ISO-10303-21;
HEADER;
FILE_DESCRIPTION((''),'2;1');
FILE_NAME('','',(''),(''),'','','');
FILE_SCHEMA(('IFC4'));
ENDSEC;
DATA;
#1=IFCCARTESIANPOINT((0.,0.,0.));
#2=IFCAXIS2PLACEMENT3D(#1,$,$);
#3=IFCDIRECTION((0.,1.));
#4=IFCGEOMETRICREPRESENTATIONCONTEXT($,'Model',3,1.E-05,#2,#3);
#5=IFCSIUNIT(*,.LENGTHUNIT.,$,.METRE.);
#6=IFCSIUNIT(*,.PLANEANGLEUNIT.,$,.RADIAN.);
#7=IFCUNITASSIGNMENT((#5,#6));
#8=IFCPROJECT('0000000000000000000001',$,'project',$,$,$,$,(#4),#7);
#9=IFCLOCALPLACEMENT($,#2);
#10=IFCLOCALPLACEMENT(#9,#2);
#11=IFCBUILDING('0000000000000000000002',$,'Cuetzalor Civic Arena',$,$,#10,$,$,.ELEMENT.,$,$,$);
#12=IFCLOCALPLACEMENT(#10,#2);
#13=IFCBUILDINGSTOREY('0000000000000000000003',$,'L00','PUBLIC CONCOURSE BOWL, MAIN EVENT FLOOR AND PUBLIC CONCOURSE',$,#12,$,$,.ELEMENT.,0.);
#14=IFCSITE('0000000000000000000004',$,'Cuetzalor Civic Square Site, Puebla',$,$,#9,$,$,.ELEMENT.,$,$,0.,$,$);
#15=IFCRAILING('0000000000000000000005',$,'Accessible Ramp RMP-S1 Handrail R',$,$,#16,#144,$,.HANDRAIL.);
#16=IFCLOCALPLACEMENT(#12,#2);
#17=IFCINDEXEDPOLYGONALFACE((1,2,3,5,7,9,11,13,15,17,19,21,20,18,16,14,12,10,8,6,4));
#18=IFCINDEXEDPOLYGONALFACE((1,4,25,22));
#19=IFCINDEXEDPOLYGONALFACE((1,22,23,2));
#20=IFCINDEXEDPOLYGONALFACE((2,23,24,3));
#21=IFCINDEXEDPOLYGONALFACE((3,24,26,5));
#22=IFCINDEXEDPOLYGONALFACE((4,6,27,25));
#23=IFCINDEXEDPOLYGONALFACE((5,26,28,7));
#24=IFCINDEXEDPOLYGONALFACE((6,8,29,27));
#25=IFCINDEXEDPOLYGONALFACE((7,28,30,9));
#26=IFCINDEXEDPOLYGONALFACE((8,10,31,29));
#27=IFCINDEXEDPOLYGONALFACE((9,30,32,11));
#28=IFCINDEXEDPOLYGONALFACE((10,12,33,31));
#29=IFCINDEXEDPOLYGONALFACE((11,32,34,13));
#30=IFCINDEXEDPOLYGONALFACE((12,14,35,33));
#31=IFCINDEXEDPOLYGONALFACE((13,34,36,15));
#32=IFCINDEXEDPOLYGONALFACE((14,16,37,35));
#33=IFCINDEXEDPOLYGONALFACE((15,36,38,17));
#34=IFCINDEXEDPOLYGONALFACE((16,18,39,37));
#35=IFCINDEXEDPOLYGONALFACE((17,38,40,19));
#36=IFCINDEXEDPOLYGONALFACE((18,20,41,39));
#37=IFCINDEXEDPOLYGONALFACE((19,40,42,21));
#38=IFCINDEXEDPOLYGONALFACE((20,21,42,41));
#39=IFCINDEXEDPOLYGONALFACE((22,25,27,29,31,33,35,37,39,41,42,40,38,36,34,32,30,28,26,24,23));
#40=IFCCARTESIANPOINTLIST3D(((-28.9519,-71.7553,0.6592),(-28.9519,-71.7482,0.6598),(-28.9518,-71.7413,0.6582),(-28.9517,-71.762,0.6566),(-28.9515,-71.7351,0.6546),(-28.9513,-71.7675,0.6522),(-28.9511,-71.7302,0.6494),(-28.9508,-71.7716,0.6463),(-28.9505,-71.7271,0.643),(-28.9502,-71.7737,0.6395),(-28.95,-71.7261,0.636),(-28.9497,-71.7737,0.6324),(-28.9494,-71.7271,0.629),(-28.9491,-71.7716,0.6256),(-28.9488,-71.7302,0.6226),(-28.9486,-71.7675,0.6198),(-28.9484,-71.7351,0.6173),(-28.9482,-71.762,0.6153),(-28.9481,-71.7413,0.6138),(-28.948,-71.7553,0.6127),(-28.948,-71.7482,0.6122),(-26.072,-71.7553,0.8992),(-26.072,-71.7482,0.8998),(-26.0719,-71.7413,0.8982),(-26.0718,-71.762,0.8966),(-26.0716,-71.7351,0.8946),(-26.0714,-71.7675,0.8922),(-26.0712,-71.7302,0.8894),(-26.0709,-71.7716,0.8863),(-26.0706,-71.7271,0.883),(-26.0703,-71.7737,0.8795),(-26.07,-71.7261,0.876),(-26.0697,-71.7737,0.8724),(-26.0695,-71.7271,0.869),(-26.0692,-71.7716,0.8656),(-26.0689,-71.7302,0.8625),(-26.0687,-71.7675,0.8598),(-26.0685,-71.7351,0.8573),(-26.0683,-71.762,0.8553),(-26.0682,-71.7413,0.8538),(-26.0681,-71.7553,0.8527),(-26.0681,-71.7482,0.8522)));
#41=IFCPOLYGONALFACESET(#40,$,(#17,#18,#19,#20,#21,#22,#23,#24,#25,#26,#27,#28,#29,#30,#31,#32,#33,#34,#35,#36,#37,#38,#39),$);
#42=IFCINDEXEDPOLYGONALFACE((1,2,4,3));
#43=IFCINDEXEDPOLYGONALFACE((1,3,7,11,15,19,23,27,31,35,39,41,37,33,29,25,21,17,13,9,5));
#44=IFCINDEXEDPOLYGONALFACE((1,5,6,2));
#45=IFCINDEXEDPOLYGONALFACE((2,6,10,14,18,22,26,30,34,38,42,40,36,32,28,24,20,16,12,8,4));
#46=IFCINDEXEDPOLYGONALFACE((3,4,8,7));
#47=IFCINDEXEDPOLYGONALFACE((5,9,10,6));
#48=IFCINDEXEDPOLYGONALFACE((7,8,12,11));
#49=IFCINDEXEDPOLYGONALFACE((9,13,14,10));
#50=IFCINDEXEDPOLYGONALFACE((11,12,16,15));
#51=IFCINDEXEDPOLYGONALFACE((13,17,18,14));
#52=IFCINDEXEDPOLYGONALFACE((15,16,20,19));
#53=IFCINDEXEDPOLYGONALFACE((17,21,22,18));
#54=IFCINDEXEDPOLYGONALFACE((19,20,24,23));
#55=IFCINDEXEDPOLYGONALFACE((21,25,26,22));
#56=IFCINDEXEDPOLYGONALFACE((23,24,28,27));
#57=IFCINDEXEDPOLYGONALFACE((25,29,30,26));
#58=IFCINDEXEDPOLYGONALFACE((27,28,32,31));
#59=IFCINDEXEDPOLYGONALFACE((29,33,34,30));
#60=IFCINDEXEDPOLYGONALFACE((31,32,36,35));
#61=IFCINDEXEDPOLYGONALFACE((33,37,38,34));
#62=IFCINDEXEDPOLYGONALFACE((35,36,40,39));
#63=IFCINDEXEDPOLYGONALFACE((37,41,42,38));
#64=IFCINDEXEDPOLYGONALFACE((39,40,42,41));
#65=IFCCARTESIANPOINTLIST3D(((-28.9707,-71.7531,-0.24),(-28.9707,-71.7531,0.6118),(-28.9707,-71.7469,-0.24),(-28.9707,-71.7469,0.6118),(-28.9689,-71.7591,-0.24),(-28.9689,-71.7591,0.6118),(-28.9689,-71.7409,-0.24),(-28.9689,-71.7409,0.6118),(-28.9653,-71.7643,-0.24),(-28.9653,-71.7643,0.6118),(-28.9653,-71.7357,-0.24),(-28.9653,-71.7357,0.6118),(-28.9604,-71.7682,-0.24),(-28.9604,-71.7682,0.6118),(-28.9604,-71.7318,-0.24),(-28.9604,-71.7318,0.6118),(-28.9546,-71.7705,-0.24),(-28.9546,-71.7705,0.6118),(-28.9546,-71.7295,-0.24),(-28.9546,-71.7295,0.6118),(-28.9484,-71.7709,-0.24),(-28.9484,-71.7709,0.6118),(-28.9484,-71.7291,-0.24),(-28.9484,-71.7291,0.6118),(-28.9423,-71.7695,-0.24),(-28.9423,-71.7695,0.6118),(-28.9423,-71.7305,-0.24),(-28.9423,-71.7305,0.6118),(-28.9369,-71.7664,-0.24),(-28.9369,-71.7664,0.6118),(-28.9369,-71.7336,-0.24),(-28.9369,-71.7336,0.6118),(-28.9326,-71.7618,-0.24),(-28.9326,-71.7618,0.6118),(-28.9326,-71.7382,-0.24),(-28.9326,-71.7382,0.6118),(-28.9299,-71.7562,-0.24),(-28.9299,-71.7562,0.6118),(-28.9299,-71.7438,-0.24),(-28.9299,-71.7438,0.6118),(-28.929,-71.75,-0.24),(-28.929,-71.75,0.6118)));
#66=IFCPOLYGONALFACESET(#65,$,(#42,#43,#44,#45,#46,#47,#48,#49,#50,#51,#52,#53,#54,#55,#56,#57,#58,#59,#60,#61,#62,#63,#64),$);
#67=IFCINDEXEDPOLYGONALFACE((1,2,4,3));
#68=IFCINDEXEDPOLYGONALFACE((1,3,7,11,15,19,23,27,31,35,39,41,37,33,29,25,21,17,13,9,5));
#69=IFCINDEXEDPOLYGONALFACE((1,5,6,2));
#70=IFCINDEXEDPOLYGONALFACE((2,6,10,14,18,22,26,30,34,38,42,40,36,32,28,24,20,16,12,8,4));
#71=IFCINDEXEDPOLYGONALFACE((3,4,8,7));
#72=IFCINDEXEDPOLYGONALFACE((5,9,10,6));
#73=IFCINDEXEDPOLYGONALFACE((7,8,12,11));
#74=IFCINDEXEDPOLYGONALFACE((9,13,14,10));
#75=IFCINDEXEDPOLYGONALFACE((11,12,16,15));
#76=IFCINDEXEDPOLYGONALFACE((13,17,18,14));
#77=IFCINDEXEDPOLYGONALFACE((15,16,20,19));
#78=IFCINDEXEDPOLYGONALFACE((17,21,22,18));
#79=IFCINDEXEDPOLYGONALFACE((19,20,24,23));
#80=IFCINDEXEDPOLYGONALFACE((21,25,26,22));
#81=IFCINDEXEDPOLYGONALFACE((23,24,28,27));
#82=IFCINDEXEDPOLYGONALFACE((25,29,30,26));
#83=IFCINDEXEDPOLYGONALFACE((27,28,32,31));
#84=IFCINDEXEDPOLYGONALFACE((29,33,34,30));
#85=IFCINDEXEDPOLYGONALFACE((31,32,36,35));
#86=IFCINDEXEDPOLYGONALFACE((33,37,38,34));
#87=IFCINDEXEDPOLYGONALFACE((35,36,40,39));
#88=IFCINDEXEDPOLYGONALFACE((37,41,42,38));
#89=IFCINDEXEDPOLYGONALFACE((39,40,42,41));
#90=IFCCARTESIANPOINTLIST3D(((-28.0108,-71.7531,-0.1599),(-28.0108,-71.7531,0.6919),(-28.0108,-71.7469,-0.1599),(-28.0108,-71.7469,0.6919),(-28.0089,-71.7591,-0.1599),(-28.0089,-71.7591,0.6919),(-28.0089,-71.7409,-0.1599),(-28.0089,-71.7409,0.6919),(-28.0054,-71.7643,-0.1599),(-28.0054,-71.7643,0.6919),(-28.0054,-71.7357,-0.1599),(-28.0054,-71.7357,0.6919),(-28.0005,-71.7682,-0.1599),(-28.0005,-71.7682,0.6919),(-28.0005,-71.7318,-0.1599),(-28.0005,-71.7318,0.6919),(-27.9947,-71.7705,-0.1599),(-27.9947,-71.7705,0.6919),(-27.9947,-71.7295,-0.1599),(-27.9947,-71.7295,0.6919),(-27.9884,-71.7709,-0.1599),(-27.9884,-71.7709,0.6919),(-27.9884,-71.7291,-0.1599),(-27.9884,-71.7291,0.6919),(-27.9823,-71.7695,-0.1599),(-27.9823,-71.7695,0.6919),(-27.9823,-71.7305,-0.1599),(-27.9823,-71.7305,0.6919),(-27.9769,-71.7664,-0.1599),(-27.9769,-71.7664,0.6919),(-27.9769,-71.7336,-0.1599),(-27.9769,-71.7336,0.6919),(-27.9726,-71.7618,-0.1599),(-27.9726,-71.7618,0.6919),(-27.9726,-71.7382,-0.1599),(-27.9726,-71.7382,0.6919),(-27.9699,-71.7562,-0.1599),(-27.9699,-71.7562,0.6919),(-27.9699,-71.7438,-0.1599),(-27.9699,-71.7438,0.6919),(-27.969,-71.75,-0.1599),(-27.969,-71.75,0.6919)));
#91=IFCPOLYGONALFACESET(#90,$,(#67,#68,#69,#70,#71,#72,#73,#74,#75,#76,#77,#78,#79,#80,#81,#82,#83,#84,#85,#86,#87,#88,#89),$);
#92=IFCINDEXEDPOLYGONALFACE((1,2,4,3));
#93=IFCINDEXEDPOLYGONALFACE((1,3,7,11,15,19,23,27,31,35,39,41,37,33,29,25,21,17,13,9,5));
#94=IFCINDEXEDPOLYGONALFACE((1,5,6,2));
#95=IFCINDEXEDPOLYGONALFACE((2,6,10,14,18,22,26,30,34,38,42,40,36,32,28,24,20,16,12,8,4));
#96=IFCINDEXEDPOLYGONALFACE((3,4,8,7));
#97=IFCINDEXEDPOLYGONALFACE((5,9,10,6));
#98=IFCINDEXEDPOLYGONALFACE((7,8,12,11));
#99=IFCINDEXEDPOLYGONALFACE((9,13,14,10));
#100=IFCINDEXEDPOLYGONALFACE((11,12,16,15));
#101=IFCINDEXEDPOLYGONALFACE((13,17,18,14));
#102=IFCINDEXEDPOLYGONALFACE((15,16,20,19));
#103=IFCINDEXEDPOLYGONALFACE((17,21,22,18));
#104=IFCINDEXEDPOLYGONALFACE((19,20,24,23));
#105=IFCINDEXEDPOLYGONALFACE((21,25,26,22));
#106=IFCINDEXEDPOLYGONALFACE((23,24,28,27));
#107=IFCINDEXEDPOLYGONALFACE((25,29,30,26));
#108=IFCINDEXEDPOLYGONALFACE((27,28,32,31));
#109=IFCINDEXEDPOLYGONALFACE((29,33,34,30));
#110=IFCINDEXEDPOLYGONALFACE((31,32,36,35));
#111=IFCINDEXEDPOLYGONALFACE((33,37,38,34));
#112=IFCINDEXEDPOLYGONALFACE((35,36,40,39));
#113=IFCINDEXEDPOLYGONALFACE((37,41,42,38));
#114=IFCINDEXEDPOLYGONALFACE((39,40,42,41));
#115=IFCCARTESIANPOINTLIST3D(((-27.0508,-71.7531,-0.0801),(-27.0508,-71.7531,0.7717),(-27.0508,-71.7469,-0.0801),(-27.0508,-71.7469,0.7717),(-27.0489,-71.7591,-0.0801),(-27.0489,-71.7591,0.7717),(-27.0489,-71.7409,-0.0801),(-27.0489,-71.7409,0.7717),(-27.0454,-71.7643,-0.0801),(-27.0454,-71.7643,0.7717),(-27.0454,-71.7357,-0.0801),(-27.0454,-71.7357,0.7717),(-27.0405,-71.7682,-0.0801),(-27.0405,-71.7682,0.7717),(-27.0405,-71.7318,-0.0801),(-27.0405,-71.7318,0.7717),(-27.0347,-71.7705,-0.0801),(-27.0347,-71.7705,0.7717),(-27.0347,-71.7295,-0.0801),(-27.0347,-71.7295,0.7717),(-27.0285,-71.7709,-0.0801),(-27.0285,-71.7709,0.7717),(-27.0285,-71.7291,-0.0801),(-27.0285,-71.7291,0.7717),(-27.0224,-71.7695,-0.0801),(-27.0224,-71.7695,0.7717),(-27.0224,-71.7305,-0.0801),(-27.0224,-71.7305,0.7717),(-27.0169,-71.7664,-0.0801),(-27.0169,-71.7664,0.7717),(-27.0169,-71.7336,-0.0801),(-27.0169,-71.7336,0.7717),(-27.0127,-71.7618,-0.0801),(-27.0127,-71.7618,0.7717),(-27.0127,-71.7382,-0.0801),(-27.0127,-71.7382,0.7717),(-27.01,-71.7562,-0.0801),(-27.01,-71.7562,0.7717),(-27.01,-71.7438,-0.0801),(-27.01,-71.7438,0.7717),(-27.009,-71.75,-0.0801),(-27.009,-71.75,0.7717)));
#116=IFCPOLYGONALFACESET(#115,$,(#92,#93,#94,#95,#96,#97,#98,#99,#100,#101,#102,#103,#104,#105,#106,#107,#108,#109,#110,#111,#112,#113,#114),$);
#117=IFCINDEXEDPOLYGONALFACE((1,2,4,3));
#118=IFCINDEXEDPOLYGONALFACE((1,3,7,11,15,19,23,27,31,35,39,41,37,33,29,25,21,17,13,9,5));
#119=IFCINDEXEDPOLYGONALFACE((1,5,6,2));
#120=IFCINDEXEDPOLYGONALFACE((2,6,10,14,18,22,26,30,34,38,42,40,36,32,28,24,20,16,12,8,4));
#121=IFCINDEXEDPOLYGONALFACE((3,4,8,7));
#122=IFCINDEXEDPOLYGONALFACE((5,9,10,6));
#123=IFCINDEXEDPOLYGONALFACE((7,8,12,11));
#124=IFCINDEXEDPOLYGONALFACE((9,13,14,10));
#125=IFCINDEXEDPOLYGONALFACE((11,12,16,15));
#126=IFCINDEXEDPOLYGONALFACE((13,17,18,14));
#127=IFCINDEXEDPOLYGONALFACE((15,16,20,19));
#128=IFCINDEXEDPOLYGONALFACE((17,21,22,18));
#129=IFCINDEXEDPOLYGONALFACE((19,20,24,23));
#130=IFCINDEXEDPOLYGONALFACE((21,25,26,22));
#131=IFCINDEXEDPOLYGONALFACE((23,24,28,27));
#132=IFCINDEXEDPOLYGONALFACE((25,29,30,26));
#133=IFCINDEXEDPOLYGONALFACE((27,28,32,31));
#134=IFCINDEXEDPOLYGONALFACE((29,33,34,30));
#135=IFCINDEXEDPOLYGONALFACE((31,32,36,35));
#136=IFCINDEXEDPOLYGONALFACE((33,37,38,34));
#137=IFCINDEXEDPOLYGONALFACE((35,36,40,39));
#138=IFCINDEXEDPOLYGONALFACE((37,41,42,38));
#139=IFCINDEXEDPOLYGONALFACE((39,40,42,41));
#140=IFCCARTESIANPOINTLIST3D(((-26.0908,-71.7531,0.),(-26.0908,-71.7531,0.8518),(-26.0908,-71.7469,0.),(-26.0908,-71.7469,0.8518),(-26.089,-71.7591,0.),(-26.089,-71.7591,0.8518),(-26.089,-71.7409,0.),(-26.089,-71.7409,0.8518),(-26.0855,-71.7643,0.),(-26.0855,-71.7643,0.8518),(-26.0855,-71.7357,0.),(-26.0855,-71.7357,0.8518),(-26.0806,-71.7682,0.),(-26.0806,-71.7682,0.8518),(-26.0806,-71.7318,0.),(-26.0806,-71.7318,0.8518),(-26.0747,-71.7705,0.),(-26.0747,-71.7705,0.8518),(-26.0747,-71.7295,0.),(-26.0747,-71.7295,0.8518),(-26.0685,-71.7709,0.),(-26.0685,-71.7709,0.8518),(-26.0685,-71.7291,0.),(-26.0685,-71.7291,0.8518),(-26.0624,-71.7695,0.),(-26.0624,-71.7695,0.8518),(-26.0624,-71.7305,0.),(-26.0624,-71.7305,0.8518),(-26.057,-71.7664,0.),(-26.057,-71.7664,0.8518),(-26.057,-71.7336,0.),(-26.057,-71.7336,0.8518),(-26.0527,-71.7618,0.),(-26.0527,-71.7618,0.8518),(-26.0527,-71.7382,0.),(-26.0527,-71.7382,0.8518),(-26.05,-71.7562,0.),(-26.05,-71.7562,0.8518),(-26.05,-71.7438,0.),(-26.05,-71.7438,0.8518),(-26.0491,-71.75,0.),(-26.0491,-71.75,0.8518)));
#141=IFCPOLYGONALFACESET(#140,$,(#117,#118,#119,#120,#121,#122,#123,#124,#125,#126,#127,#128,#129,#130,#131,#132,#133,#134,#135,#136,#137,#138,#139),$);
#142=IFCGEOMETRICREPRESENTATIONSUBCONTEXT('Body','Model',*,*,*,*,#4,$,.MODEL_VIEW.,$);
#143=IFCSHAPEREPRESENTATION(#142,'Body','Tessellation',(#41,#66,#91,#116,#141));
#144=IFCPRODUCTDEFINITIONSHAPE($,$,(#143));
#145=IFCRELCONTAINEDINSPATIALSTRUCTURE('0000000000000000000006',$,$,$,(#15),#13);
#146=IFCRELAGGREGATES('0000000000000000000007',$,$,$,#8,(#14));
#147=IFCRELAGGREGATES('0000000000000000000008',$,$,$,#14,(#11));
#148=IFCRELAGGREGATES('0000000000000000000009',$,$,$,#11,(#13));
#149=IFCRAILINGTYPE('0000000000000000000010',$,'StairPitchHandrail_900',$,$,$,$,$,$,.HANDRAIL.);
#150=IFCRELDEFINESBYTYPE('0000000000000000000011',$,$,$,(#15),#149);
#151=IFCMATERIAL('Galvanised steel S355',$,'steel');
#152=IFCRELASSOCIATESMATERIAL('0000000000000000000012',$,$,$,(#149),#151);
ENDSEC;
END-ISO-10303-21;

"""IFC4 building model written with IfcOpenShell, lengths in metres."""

from ifc_helpers import new_model, si_unit, direction, frame, origin, origin_2d, place, context, subcontext, project, spatial, circle, extrude, material, type_object, element, save


model = new_model("IFC4")

# Units and contexts
model_context = context("Model", 3, precision=1e-05, world=origin(), true_north=direction((0.0, 1.0)))
body_context = subcontext(model_context, "Body", "Model", "MODEL_VIEW")
ifc_project = project(units=[si_unit("LENGTHUNIT", "METRE"), si_unit("PLANEANGLEUNIT", "RADIAN")], contexts=[model_context])

# Site, building, storey
site_placement = place(None, origin())
site = spatial("IfcSite", under=ifc_project, at=site_placement, Name="Cuetzalor Civic Square Site, Puebla", CompositionType="ELEMENT", RefElevation=0.0)
building_placement = place(site_placement, origin())
building = spatial("IfcBuilding", under=site, at=building_placement, Name="Cuetzalor Civic Arena", CompositionType="ELEMENT")
storey_placement = place(building_placement, origin())
storey = spatial("IfcBuildingStorey", under=building, at=storey_placement, Name="L00", Description="PUBLIC CONCOURSE BOWL, MAIN EVENT FLOOR AND PUBLIC CONCOURSE", CompositionType="ELEMENT", Elevation=0.0)

# Railing
ifc_material_1 = material(Name="Galvanised steel S355", Category="steel")
railing_type = type_object("IfcRailingType", Name="StairPitchHandrail_900", PredefinedType="HANDRAIL", material=ifc_material_1)
for number, where, name in (
    (1, (-28.95, -71.75, -0.24), "Accessible Ramp RMP-S1 Handrail R"),
):
    element("IfcRailing", number, at=place(storey_placement, frame(where)), inside=storey, type_object=railing_type, Name=name, PredefinedType="HANDRAIL", context=body_context, shape_type="SweptSolid", body=[
        extrude(circle(Radius=0.0239, at=origin_2d()), frame((0.0, 0.0, 0.876), z_axis=(0.996546, 0.0, 0.083045), x_axis=(0.0, 1.0, 0.0)), (0.0, 0.0, 1.0), 2.8899),
        extrude(circle(Radius=0.021, at=origin_2d()), origin(), (0.0, 0.0, 1.0), 0.8518),
        extrude(circle(Radius=0.021, at=origin_2d()), frame((0.96, 0.0, 0.0801)), (0.0, 0.0, 1.0), 0.8518),
        extrude(circle(Radius=0.021, at=origin_2d()), frame((1.9199, 0.0, 0.1599)), (0.0, 0.0, 1.0), 0.8518),
        extrude(circle(Radius=0.021, at=origin_2d()), frame((2.8799, 0.0, 0.24)), (0.0, 0.0, 1.0), 0.8518),
    ])

save(model, "model.ifc")
